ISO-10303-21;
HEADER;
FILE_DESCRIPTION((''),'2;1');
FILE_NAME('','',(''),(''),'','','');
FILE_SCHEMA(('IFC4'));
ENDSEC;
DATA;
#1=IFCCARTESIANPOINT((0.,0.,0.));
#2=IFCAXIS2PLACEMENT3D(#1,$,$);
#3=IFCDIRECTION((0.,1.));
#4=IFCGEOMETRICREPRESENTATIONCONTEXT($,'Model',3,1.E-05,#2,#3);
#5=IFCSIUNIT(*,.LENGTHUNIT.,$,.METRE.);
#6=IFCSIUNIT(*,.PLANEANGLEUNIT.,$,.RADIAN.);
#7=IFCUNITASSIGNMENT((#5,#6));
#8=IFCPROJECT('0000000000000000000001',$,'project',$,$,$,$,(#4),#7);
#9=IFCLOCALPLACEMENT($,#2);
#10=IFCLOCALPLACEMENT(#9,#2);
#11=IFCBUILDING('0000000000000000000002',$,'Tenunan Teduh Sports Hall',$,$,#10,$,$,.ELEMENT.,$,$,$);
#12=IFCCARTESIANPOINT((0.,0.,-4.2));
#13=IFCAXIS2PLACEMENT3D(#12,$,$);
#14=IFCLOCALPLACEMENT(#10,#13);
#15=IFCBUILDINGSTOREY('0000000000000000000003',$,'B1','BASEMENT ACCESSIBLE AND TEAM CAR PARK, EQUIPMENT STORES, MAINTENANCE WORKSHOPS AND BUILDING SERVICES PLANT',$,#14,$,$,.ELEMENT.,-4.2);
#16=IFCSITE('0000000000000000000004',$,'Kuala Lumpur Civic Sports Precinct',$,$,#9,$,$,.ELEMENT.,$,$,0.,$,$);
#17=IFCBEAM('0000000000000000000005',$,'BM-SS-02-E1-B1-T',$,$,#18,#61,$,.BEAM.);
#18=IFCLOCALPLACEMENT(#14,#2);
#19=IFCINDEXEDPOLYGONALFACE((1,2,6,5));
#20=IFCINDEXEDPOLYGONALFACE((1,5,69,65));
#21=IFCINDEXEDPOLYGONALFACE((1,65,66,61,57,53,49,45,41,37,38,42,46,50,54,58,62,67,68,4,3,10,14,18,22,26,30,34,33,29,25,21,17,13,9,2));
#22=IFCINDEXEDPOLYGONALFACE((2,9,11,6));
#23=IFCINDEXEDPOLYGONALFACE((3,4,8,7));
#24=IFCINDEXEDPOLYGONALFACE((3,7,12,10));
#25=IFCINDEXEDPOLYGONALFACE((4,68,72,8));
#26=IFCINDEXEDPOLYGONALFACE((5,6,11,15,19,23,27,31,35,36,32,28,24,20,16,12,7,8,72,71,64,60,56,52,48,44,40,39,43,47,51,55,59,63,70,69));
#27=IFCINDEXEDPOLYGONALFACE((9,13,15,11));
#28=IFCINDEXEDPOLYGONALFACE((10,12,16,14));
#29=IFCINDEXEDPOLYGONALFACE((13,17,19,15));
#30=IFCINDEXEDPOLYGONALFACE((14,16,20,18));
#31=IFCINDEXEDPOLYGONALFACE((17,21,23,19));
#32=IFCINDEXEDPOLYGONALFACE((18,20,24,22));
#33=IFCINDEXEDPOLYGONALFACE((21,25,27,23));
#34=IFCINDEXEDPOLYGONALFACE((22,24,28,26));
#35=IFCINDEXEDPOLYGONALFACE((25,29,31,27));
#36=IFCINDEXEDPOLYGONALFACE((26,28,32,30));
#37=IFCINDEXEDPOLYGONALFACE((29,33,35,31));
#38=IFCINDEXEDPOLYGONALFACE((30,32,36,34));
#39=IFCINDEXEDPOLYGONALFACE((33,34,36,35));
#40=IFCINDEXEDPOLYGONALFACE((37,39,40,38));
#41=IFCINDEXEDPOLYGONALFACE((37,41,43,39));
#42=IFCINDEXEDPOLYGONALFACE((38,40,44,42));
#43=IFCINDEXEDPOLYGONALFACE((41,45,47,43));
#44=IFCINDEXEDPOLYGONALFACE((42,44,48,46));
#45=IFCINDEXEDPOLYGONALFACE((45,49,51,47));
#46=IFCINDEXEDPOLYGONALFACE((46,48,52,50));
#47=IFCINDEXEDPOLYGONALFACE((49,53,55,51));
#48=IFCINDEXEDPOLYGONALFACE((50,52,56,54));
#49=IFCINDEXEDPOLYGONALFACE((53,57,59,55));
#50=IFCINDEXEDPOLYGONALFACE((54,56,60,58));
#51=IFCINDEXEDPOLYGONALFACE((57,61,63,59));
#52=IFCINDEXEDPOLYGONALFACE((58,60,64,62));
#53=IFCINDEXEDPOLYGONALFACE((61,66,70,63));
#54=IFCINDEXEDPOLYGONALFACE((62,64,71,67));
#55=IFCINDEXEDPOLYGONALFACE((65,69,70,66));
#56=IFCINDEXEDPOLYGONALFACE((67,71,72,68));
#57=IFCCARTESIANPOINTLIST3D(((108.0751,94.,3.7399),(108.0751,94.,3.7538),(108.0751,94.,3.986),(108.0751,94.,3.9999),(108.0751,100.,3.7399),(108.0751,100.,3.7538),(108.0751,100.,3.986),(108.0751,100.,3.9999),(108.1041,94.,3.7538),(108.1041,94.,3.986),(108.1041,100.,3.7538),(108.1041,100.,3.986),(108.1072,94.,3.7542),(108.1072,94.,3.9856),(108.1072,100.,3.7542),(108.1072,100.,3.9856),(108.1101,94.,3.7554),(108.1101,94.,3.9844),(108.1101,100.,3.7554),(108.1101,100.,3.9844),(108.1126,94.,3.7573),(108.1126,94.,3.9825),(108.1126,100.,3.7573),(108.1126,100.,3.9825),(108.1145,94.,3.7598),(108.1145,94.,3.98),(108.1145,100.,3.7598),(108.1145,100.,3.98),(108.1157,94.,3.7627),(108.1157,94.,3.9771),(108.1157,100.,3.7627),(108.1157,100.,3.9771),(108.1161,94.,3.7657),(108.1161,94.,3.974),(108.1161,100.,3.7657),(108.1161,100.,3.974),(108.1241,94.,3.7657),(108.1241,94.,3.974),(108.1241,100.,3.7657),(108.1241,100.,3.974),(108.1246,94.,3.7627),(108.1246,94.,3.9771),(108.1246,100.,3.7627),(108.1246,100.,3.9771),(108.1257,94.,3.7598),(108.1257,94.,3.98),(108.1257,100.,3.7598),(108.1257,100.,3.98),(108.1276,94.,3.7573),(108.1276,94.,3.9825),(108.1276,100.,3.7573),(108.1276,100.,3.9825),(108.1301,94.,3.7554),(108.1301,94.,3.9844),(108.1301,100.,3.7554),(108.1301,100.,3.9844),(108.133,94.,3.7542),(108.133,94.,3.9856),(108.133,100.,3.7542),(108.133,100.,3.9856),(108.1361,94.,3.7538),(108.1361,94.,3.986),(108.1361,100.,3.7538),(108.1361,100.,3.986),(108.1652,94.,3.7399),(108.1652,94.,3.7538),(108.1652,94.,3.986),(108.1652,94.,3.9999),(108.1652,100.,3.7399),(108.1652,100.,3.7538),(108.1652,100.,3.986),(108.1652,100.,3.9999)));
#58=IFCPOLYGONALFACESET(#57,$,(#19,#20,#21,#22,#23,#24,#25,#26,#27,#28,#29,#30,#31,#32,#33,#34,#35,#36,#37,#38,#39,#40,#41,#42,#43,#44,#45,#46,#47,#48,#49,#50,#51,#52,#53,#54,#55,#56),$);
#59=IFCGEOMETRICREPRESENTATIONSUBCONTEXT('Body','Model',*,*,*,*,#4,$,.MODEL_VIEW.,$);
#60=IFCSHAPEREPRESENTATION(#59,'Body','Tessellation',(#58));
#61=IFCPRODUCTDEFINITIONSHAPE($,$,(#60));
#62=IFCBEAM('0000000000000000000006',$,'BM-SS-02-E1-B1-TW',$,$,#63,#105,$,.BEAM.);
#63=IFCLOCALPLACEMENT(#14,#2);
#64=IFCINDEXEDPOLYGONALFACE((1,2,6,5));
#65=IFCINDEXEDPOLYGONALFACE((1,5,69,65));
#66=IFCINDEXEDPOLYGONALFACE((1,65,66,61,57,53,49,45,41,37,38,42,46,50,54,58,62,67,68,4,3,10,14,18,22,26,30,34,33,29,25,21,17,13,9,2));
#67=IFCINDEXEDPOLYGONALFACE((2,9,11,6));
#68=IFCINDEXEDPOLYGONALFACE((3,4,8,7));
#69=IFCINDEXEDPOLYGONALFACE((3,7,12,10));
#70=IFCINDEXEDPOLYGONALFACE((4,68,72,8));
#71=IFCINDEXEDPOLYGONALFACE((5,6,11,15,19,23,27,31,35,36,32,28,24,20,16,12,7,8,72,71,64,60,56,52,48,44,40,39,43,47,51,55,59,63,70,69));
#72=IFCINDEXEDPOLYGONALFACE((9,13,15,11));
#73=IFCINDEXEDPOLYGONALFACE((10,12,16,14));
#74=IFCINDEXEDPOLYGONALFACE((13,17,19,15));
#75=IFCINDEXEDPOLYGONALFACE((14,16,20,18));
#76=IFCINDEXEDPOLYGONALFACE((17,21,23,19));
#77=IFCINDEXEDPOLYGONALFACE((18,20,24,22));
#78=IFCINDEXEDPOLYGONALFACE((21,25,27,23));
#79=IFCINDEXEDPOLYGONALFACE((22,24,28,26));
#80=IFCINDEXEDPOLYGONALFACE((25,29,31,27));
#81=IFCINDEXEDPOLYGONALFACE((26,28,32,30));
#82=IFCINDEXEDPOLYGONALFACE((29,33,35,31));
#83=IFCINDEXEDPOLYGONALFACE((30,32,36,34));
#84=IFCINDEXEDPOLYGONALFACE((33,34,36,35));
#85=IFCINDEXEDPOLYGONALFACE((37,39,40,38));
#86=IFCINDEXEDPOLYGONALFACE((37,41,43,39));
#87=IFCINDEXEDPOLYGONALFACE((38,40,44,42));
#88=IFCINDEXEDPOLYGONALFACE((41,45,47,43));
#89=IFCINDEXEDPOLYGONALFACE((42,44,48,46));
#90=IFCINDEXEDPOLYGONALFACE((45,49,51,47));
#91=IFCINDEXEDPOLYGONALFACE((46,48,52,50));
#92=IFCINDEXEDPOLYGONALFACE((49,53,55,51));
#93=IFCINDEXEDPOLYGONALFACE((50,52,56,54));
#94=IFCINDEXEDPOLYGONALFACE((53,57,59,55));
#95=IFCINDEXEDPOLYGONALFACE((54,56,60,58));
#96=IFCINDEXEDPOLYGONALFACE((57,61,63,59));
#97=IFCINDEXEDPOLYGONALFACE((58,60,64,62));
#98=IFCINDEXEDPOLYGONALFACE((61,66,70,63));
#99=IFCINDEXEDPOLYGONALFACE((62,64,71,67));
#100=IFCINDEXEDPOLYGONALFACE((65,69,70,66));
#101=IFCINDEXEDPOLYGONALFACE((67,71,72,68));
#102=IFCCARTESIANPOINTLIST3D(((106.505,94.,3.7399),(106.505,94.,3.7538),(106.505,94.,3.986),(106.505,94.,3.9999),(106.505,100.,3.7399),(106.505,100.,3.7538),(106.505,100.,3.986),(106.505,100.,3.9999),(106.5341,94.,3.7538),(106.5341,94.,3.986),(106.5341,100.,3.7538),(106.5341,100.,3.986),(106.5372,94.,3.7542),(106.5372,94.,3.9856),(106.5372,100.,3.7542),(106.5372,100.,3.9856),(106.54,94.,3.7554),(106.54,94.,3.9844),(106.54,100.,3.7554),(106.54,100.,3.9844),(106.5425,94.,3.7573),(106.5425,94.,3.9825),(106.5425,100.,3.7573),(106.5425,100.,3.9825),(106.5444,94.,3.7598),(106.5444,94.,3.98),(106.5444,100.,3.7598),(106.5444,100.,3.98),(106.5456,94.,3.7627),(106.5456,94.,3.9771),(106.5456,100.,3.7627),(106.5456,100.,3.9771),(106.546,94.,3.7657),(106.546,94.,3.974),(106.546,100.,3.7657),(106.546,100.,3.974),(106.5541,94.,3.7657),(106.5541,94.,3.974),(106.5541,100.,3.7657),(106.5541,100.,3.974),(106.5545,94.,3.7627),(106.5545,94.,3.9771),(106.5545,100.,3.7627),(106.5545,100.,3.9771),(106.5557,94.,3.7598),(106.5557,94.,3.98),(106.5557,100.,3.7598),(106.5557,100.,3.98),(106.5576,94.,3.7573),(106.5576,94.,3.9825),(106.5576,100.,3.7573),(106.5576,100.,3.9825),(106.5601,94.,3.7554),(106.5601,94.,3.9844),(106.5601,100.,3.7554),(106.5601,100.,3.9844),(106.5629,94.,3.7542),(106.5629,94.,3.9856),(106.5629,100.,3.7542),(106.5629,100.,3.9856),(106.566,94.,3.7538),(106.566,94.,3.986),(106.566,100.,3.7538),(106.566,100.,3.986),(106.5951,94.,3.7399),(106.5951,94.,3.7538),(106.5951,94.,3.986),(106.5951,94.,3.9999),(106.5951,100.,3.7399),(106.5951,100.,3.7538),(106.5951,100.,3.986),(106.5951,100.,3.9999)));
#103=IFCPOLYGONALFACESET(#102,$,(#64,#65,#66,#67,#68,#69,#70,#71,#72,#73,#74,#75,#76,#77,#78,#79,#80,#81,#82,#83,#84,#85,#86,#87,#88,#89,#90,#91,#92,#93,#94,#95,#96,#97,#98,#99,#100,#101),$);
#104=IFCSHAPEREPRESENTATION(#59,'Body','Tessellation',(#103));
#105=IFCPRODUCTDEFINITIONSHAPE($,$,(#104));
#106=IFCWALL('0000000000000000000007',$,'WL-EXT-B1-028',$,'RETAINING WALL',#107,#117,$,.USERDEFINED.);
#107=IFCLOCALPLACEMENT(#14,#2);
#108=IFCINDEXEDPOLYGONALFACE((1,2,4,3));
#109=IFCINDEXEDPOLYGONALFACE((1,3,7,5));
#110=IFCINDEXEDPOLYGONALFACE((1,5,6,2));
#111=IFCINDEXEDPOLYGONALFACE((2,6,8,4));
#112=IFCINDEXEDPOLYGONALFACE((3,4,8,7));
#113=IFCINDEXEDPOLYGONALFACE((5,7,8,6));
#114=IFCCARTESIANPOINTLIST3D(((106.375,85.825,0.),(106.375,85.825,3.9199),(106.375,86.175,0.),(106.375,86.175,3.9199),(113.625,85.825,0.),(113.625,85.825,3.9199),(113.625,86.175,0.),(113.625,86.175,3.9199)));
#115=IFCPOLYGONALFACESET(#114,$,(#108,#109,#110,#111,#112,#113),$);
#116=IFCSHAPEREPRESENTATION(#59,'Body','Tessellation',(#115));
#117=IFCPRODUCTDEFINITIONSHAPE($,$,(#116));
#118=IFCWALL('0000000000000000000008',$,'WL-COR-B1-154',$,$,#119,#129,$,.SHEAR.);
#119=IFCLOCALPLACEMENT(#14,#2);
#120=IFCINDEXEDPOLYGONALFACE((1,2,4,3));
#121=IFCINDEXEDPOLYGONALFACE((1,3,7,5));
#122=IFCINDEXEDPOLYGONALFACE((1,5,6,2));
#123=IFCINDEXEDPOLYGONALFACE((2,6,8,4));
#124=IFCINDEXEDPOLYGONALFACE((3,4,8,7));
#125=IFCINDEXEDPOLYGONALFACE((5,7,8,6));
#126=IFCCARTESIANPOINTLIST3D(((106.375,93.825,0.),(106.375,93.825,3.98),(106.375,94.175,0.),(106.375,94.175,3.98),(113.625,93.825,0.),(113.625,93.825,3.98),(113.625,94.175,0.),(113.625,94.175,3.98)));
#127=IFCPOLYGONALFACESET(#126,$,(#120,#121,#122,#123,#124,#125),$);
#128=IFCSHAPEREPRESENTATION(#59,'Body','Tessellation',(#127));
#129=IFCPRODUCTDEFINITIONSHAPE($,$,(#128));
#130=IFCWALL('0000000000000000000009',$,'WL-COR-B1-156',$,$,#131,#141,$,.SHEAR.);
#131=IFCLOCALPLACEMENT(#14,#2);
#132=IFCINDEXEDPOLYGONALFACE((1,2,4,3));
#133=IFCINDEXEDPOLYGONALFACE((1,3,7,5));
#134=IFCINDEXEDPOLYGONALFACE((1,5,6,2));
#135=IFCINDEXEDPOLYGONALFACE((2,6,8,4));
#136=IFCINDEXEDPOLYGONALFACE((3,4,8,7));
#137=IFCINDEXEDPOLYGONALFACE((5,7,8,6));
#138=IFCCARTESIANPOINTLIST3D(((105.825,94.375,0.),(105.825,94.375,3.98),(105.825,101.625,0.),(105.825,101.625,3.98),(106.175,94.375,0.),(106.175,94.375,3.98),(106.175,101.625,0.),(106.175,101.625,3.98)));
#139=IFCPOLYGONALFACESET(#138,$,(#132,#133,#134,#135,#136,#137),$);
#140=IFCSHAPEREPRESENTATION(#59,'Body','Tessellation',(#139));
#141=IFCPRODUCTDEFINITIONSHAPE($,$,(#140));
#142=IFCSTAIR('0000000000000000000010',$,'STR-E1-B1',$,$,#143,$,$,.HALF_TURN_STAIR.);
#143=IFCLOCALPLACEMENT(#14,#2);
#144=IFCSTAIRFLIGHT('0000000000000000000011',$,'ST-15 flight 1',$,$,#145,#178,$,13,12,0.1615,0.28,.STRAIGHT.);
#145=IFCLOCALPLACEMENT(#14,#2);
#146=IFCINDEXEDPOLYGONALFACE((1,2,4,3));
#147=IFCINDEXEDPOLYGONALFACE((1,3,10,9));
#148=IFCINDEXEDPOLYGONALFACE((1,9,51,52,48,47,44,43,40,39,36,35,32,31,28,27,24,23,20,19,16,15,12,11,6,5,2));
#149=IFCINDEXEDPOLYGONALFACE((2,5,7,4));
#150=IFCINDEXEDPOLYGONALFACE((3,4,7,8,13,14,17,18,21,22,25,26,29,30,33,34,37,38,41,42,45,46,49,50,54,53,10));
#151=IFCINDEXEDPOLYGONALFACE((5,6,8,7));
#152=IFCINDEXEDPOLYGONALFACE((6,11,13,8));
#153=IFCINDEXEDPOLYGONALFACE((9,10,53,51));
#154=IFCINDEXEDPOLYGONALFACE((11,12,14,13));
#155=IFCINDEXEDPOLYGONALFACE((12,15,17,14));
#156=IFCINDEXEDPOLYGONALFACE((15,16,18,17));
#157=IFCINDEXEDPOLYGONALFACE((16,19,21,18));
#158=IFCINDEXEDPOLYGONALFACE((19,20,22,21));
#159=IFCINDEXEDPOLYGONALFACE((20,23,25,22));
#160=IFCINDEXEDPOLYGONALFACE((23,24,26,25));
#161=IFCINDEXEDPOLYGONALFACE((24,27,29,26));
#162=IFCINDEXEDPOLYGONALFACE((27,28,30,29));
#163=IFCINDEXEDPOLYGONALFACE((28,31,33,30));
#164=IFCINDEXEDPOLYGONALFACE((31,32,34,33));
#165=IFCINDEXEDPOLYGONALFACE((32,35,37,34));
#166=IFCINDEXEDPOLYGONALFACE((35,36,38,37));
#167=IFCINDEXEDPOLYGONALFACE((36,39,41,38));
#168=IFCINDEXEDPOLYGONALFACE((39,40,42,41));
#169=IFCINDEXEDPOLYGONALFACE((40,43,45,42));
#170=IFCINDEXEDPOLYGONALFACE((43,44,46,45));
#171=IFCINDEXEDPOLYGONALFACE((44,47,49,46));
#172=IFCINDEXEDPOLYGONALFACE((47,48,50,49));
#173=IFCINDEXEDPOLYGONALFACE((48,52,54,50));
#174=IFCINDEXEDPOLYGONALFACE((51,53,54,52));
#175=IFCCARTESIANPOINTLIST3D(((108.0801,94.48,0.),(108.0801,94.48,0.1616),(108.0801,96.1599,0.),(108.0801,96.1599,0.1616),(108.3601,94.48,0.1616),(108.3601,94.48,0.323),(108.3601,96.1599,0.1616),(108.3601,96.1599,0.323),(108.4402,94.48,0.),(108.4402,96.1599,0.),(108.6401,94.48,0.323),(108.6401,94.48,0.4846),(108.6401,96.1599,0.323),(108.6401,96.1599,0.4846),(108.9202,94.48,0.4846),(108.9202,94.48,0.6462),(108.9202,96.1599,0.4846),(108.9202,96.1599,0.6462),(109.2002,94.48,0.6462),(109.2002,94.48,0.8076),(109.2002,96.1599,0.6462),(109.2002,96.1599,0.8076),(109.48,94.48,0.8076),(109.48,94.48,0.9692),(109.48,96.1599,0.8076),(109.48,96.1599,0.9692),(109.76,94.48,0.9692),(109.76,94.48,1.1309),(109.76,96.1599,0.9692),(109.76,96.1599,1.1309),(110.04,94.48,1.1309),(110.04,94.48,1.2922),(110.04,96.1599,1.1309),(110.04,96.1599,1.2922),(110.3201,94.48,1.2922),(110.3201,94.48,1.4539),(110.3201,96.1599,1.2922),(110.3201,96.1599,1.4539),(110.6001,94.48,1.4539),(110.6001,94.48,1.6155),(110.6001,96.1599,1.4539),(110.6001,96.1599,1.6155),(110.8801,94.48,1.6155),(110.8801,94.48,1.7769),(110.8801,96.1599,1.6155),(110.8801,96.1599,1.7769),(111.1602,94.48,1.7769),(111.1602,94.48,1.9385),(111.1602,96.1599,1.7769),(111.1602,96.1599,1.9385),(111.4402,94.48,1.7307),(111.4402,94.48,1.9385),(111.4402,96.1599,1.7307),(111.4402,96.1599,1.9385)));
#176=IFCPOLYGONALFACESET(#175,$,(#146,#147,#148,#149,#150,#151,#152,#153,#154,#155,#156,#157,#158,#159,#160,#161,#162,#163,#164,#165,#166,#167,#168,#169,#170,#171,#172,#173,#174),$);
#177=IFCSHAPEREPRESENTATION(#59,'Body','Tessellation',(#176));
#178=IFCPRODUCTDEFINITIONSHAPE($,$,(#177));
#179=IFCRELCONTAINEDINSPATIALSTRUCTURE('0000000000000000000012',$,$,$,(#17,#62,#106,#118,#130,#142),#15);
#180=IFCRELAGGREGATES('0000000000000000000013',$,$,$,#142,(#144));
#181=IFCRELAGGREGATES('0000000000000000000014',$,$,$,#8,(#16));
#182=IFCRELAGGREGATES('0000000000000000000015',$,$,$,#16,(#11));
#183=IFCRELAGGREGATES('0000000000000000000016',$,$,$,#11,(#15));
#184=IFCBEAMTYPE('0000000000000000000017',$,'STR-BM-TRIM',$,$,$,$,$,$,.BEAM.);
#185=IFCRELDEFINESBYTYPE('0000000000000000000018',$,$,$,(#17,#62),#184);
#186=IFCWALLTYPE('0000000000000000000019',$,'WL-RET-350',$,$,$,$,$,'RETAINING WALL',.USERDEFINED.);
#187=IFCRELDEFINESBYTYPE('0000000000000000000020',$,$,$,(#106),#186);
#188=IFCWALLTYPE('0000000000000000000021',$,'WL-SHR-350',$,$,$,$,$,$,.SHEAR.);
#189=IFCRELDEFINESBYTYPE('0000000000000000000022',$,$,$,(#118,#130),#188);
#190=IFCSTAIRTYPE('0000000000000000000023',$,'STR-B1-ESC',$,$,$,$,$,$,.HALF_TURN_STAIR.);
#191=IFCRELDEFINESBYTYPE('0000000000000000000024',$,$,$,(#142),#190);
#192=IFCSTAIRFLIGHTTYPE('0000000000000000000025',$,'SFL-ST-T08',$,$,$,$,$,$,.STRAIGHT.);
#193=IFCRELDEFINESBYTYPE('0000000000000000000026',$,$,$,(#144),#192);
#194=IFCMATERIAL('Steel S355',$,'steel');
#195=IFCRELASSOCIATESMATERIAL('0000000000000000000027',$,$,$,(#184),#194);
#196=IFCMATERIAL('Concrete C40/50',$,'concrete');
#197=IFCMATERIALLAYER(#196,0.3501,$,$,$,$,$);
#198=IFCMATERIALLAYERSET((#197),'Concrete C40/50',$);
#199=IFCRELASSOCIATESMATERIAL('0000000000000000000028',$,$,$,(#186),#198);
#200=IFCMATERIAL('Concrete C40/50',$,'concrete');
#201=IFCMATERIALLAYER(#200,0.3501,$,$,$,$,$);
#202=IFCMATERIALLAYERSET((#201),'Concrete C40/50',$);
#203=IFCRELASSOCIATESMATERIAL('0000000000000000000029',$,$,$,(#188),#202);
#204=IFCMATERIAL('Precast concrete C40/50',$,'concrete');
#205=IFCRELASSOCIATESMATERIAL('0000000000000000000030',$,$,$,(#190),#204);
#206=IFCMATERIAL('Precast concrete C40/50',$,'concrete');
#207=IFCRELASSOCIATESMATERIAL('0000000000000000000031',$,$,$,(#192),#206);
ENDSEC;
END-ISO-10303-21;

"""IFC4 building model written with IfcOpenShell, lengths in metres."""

from ifc_helpers import new_model, si_unit, direction, frame, frame_2d, origin, origin_2d, place, context, subcontext, project, spatial, polyline, rectangle, i_section, outline, extrude, material, layer, layer_set, material_profile, profile_set, type_object, element, aggregate, save


model = new_model("IFC4")

# Units and contexts
model_context = context("Model", 3, precision=1e-05, world=origin(), true_north=direction((0.0, 1.0)))
body_context = subcontext(model_context, "Body", "Model", "MODEL_VIEW")
ifc_project = project(units=[si_unit("LENGTHUNIT", "METRE"), si_unit("PLANEANGLEUNIT", "RADIAN")], contexts=[model_context])

# Site, building, storey
site_placement = place(None, origin())
site = spatial("IfcSite", under=ifc_project, at=site_placement, Name="Kuala Lumpur Civic Sports Precinct", CompositionType="ELEMENT", RefElevation=0.0)
building_placement = place(site_placement, origin())
building = spatial("IfcBuilding", under=site, at=building_placement, Name="Tenunan Teduh Sports Hall", CompositionType="ELEMENT")
storey_placement = place(building_placement, frame((0.0, 0.0, -4.2)))
storey = spatial("IfcBuildingStorey", under=building, at=storey_placement, Name="B1", Description="BASEMENT ACCESSIBLE AND TEAM CAR PARK, EQUIPMENT STORES, MAINTENANCE WORKSHOPS AND BUILDING SERVICES PLANT", CompositionType="ELEMENT", Elevation=-4.2)

# Beams
ifc_material_1 = material(Name="Steel S355", Category="steel")
ifc_material_profile_1 = material_profile(ifc_material_1, i_section(OverallWidth=0.0901, OverallDepth=0.26, WebThickness=0.0081, FlangeThickness=0.0139, FilletRadius=0.012, at=origin_2d()), Name="PFC 260x90")
ifc_profile_set_1 = profile_set([ifc_material_profile_1], Name="Steel S355")
beam_type = type_object("IfcBeamType", Name="STR-BM-TRIM", PredefinedType="BEAM", material=ifc_profile_set_1)
for number, where, z_axis, x_axis, name in (
    (1, (108.1201, 94.0, 3.8699), (0.0, 1.0, 0.0), (-1.0, 0.0, 0.0), "BM-SS-02-E1-B1-T"),
    (2, (106.55, 94.0, 3.8699), (0.0, 1.0, 0.0), (-1.0, 0.0, 0.0), "BM-SS-02-E1-B1-TW"),
):
    element("IfcBeam", number, at=place(storey_placement, frame(where, z_axis=z_axis, x_axis=x_axis)), inside=storey, type_object=beam_type, Name=name, PredefinedType="BEAM", context=body_context, shape_type="SweptSolid", body=[
        extrude(i_section(OverallWidth=0.0901, OverallDepth=0.26, WebThickness=0.0081, FlangeThickness=0.0139, FilletRadius=0.012, at=origin_2d()), origin(), (0.0, 0.0, 1.0), 6.0),
    ])

# Walls
ifc_material_2 = material(Name="Concrete C40/50", Category="concrete")
ifc_layer_1 = layer(ifc_material_2, 0.3501)
ifc_layer_set_1 = layer_set([ifc_layer_1], Name="Concrete C40/50")
wall_type_1 = type_object("IfcWallType", Name="WL-RET-350", ElementType="RETAINING WALL", PredefinedType="USERDEFINED", material=ifc_layer_set_1)
wall_placement = place(storey_placement, frame((106.375, 86.0, 0.0), z_axis=(0.0, 0.0, 1.0), x_axis=(1.0, 0.0, 0.0)))
element("IfcWall", 3, at=wall_placement, inside=storey, type_object=wall_type_1, Name="WL-EXT-B1-028", ObjectType="RETAINING WALL", PredefinedType="USERDEFINED", context=body_context, shape_type="SweptSolid", body=[
    extrude(rectangle(XDim=7.25, YDim=0.3501, at=frame_2d((3.625, 0.0))), origin(), (0.0, 0.0, 1.0), 3.9199),
])
ifc_material_3 = material(Name="Concrete C40/50", Category="concrete")
ifc_layer_2 = layer(ifc_material_3, 0.3501)
ifc_layer_set_2 = layer_set([ifc_layer_2], Name="Concrete C40/50")
wall_type_2 = type_object("IfcWallType", Name="WL-SHR-350", PredefinedType="SHEAR", material=ifc_layer_set_2)
for number, where, z_axis, x_axis, name in (
    (4, (106.375, 94.0, 0.0), (0.0, 0.0, 1.0), (1.0, 0.0, 0.0), "WL-COR-B1-154"),
    (5, (106.0, 94.375, 0.0), (0.0, 0.0, 1.0), (0.0, 1.0, 0.0), "WL-COR-B1-156"),
):
    element("IfcWall", number, at=place(storey_placement, frame(where, z_axis=z_axis, x_axis=x_axis)), inside=storey, type_object=wall_type_2, Name=name, PredefinedType="SHEAR", context=body_context, shape_type="SweptSolid", body=[
        extrude(rectangle(XDim=7.25, YDim=0.3501, at=frame_2d((3.625, 0.0))), origin(), (0.0, 0.0, 1.0), 3.98),
    ])

# Stair, stair flight
ifc_material_4 = material(Name="Precast concrete C40/50", Category="concrete")
stair_type = type_object("IfcStairType", Name="STR-B1-ESC", PredefinedType="HALF_TURN_STAIR", material=ifc_material_4)
stair_placement = place(storey_placement, origin())
stair = element("IfcStair", 6, at=stair_placement, inside=storey, type_object=stair_type, Name="STR-E1-B1", PredefinedType="HALF_TURN_STAIR")
ifc_material_5 = material(Name="Precast concrete C40/50", Category="concrete")
stair_flight_type = type_object("IfcStairFlightType", Name="SFL-ST-T08", PredefinedType="STRAIGHT", material=ifc_material_5)
stair_flight_1_placement = place(storey_placement, frame((108.0801, 95.3201, 0.0), z_axis=(0.0, 0.0, 1.0), x_axis=(1.0, 0.0, 0.0)))
stair_flight_1 = element("IfcStairFlight", 7, at=stair_flight_1_placement, type_object=stair_flight_type, Name="ST-15 flight 1", NumberOfRisers=13, NumberOfTreads=12, PredefinedType="STRAIGHT", RiserHeight=0.1615, TreadLength=0.28, context=body_context, shape_type="SweptSolid", body=[
    extrude(outline(polyline([(0.0, 0.0), (0.0, 0.1616), (0.28, 0.1616), (0.28, 0.323), (0.5601, 0.323), (0.5601, 0.4846), (0.8401, 0.4846), (0.8401, 0.6462), (1.1201, 0.6462), (1.1201, 0.8076), (1.3999, 0.8076), (1.3999, 0.9692), (1.6799, 0.9692), (1.6799, 1.1309), (1.96, 1.1309), (1.96, 1.2922), (2.24, 1.2922), (2.24, 1.4539), (2.52, 1.4539), (2.52, 1.6155), (2.8, 1.6155), (2.8, 1.7769), (3.0801, 1.7769), (3.0801, 1.9385), (3.3601, 1.9385), (3.3601, 2.1001), (3.3601, 1.7307), (0.3601, 0.0), (0.0, 0.0)])), frame((0.0, 0.8398, 0.0), z_axis=(0.0, -1.0, 0.0), x_axis=(1.0, 0.0, 0.0)), (0.0, 0.0, 1.0), 1.6799),
])

aggregate(stair, [stair_flight_1])

save(model, "model.ifc")
